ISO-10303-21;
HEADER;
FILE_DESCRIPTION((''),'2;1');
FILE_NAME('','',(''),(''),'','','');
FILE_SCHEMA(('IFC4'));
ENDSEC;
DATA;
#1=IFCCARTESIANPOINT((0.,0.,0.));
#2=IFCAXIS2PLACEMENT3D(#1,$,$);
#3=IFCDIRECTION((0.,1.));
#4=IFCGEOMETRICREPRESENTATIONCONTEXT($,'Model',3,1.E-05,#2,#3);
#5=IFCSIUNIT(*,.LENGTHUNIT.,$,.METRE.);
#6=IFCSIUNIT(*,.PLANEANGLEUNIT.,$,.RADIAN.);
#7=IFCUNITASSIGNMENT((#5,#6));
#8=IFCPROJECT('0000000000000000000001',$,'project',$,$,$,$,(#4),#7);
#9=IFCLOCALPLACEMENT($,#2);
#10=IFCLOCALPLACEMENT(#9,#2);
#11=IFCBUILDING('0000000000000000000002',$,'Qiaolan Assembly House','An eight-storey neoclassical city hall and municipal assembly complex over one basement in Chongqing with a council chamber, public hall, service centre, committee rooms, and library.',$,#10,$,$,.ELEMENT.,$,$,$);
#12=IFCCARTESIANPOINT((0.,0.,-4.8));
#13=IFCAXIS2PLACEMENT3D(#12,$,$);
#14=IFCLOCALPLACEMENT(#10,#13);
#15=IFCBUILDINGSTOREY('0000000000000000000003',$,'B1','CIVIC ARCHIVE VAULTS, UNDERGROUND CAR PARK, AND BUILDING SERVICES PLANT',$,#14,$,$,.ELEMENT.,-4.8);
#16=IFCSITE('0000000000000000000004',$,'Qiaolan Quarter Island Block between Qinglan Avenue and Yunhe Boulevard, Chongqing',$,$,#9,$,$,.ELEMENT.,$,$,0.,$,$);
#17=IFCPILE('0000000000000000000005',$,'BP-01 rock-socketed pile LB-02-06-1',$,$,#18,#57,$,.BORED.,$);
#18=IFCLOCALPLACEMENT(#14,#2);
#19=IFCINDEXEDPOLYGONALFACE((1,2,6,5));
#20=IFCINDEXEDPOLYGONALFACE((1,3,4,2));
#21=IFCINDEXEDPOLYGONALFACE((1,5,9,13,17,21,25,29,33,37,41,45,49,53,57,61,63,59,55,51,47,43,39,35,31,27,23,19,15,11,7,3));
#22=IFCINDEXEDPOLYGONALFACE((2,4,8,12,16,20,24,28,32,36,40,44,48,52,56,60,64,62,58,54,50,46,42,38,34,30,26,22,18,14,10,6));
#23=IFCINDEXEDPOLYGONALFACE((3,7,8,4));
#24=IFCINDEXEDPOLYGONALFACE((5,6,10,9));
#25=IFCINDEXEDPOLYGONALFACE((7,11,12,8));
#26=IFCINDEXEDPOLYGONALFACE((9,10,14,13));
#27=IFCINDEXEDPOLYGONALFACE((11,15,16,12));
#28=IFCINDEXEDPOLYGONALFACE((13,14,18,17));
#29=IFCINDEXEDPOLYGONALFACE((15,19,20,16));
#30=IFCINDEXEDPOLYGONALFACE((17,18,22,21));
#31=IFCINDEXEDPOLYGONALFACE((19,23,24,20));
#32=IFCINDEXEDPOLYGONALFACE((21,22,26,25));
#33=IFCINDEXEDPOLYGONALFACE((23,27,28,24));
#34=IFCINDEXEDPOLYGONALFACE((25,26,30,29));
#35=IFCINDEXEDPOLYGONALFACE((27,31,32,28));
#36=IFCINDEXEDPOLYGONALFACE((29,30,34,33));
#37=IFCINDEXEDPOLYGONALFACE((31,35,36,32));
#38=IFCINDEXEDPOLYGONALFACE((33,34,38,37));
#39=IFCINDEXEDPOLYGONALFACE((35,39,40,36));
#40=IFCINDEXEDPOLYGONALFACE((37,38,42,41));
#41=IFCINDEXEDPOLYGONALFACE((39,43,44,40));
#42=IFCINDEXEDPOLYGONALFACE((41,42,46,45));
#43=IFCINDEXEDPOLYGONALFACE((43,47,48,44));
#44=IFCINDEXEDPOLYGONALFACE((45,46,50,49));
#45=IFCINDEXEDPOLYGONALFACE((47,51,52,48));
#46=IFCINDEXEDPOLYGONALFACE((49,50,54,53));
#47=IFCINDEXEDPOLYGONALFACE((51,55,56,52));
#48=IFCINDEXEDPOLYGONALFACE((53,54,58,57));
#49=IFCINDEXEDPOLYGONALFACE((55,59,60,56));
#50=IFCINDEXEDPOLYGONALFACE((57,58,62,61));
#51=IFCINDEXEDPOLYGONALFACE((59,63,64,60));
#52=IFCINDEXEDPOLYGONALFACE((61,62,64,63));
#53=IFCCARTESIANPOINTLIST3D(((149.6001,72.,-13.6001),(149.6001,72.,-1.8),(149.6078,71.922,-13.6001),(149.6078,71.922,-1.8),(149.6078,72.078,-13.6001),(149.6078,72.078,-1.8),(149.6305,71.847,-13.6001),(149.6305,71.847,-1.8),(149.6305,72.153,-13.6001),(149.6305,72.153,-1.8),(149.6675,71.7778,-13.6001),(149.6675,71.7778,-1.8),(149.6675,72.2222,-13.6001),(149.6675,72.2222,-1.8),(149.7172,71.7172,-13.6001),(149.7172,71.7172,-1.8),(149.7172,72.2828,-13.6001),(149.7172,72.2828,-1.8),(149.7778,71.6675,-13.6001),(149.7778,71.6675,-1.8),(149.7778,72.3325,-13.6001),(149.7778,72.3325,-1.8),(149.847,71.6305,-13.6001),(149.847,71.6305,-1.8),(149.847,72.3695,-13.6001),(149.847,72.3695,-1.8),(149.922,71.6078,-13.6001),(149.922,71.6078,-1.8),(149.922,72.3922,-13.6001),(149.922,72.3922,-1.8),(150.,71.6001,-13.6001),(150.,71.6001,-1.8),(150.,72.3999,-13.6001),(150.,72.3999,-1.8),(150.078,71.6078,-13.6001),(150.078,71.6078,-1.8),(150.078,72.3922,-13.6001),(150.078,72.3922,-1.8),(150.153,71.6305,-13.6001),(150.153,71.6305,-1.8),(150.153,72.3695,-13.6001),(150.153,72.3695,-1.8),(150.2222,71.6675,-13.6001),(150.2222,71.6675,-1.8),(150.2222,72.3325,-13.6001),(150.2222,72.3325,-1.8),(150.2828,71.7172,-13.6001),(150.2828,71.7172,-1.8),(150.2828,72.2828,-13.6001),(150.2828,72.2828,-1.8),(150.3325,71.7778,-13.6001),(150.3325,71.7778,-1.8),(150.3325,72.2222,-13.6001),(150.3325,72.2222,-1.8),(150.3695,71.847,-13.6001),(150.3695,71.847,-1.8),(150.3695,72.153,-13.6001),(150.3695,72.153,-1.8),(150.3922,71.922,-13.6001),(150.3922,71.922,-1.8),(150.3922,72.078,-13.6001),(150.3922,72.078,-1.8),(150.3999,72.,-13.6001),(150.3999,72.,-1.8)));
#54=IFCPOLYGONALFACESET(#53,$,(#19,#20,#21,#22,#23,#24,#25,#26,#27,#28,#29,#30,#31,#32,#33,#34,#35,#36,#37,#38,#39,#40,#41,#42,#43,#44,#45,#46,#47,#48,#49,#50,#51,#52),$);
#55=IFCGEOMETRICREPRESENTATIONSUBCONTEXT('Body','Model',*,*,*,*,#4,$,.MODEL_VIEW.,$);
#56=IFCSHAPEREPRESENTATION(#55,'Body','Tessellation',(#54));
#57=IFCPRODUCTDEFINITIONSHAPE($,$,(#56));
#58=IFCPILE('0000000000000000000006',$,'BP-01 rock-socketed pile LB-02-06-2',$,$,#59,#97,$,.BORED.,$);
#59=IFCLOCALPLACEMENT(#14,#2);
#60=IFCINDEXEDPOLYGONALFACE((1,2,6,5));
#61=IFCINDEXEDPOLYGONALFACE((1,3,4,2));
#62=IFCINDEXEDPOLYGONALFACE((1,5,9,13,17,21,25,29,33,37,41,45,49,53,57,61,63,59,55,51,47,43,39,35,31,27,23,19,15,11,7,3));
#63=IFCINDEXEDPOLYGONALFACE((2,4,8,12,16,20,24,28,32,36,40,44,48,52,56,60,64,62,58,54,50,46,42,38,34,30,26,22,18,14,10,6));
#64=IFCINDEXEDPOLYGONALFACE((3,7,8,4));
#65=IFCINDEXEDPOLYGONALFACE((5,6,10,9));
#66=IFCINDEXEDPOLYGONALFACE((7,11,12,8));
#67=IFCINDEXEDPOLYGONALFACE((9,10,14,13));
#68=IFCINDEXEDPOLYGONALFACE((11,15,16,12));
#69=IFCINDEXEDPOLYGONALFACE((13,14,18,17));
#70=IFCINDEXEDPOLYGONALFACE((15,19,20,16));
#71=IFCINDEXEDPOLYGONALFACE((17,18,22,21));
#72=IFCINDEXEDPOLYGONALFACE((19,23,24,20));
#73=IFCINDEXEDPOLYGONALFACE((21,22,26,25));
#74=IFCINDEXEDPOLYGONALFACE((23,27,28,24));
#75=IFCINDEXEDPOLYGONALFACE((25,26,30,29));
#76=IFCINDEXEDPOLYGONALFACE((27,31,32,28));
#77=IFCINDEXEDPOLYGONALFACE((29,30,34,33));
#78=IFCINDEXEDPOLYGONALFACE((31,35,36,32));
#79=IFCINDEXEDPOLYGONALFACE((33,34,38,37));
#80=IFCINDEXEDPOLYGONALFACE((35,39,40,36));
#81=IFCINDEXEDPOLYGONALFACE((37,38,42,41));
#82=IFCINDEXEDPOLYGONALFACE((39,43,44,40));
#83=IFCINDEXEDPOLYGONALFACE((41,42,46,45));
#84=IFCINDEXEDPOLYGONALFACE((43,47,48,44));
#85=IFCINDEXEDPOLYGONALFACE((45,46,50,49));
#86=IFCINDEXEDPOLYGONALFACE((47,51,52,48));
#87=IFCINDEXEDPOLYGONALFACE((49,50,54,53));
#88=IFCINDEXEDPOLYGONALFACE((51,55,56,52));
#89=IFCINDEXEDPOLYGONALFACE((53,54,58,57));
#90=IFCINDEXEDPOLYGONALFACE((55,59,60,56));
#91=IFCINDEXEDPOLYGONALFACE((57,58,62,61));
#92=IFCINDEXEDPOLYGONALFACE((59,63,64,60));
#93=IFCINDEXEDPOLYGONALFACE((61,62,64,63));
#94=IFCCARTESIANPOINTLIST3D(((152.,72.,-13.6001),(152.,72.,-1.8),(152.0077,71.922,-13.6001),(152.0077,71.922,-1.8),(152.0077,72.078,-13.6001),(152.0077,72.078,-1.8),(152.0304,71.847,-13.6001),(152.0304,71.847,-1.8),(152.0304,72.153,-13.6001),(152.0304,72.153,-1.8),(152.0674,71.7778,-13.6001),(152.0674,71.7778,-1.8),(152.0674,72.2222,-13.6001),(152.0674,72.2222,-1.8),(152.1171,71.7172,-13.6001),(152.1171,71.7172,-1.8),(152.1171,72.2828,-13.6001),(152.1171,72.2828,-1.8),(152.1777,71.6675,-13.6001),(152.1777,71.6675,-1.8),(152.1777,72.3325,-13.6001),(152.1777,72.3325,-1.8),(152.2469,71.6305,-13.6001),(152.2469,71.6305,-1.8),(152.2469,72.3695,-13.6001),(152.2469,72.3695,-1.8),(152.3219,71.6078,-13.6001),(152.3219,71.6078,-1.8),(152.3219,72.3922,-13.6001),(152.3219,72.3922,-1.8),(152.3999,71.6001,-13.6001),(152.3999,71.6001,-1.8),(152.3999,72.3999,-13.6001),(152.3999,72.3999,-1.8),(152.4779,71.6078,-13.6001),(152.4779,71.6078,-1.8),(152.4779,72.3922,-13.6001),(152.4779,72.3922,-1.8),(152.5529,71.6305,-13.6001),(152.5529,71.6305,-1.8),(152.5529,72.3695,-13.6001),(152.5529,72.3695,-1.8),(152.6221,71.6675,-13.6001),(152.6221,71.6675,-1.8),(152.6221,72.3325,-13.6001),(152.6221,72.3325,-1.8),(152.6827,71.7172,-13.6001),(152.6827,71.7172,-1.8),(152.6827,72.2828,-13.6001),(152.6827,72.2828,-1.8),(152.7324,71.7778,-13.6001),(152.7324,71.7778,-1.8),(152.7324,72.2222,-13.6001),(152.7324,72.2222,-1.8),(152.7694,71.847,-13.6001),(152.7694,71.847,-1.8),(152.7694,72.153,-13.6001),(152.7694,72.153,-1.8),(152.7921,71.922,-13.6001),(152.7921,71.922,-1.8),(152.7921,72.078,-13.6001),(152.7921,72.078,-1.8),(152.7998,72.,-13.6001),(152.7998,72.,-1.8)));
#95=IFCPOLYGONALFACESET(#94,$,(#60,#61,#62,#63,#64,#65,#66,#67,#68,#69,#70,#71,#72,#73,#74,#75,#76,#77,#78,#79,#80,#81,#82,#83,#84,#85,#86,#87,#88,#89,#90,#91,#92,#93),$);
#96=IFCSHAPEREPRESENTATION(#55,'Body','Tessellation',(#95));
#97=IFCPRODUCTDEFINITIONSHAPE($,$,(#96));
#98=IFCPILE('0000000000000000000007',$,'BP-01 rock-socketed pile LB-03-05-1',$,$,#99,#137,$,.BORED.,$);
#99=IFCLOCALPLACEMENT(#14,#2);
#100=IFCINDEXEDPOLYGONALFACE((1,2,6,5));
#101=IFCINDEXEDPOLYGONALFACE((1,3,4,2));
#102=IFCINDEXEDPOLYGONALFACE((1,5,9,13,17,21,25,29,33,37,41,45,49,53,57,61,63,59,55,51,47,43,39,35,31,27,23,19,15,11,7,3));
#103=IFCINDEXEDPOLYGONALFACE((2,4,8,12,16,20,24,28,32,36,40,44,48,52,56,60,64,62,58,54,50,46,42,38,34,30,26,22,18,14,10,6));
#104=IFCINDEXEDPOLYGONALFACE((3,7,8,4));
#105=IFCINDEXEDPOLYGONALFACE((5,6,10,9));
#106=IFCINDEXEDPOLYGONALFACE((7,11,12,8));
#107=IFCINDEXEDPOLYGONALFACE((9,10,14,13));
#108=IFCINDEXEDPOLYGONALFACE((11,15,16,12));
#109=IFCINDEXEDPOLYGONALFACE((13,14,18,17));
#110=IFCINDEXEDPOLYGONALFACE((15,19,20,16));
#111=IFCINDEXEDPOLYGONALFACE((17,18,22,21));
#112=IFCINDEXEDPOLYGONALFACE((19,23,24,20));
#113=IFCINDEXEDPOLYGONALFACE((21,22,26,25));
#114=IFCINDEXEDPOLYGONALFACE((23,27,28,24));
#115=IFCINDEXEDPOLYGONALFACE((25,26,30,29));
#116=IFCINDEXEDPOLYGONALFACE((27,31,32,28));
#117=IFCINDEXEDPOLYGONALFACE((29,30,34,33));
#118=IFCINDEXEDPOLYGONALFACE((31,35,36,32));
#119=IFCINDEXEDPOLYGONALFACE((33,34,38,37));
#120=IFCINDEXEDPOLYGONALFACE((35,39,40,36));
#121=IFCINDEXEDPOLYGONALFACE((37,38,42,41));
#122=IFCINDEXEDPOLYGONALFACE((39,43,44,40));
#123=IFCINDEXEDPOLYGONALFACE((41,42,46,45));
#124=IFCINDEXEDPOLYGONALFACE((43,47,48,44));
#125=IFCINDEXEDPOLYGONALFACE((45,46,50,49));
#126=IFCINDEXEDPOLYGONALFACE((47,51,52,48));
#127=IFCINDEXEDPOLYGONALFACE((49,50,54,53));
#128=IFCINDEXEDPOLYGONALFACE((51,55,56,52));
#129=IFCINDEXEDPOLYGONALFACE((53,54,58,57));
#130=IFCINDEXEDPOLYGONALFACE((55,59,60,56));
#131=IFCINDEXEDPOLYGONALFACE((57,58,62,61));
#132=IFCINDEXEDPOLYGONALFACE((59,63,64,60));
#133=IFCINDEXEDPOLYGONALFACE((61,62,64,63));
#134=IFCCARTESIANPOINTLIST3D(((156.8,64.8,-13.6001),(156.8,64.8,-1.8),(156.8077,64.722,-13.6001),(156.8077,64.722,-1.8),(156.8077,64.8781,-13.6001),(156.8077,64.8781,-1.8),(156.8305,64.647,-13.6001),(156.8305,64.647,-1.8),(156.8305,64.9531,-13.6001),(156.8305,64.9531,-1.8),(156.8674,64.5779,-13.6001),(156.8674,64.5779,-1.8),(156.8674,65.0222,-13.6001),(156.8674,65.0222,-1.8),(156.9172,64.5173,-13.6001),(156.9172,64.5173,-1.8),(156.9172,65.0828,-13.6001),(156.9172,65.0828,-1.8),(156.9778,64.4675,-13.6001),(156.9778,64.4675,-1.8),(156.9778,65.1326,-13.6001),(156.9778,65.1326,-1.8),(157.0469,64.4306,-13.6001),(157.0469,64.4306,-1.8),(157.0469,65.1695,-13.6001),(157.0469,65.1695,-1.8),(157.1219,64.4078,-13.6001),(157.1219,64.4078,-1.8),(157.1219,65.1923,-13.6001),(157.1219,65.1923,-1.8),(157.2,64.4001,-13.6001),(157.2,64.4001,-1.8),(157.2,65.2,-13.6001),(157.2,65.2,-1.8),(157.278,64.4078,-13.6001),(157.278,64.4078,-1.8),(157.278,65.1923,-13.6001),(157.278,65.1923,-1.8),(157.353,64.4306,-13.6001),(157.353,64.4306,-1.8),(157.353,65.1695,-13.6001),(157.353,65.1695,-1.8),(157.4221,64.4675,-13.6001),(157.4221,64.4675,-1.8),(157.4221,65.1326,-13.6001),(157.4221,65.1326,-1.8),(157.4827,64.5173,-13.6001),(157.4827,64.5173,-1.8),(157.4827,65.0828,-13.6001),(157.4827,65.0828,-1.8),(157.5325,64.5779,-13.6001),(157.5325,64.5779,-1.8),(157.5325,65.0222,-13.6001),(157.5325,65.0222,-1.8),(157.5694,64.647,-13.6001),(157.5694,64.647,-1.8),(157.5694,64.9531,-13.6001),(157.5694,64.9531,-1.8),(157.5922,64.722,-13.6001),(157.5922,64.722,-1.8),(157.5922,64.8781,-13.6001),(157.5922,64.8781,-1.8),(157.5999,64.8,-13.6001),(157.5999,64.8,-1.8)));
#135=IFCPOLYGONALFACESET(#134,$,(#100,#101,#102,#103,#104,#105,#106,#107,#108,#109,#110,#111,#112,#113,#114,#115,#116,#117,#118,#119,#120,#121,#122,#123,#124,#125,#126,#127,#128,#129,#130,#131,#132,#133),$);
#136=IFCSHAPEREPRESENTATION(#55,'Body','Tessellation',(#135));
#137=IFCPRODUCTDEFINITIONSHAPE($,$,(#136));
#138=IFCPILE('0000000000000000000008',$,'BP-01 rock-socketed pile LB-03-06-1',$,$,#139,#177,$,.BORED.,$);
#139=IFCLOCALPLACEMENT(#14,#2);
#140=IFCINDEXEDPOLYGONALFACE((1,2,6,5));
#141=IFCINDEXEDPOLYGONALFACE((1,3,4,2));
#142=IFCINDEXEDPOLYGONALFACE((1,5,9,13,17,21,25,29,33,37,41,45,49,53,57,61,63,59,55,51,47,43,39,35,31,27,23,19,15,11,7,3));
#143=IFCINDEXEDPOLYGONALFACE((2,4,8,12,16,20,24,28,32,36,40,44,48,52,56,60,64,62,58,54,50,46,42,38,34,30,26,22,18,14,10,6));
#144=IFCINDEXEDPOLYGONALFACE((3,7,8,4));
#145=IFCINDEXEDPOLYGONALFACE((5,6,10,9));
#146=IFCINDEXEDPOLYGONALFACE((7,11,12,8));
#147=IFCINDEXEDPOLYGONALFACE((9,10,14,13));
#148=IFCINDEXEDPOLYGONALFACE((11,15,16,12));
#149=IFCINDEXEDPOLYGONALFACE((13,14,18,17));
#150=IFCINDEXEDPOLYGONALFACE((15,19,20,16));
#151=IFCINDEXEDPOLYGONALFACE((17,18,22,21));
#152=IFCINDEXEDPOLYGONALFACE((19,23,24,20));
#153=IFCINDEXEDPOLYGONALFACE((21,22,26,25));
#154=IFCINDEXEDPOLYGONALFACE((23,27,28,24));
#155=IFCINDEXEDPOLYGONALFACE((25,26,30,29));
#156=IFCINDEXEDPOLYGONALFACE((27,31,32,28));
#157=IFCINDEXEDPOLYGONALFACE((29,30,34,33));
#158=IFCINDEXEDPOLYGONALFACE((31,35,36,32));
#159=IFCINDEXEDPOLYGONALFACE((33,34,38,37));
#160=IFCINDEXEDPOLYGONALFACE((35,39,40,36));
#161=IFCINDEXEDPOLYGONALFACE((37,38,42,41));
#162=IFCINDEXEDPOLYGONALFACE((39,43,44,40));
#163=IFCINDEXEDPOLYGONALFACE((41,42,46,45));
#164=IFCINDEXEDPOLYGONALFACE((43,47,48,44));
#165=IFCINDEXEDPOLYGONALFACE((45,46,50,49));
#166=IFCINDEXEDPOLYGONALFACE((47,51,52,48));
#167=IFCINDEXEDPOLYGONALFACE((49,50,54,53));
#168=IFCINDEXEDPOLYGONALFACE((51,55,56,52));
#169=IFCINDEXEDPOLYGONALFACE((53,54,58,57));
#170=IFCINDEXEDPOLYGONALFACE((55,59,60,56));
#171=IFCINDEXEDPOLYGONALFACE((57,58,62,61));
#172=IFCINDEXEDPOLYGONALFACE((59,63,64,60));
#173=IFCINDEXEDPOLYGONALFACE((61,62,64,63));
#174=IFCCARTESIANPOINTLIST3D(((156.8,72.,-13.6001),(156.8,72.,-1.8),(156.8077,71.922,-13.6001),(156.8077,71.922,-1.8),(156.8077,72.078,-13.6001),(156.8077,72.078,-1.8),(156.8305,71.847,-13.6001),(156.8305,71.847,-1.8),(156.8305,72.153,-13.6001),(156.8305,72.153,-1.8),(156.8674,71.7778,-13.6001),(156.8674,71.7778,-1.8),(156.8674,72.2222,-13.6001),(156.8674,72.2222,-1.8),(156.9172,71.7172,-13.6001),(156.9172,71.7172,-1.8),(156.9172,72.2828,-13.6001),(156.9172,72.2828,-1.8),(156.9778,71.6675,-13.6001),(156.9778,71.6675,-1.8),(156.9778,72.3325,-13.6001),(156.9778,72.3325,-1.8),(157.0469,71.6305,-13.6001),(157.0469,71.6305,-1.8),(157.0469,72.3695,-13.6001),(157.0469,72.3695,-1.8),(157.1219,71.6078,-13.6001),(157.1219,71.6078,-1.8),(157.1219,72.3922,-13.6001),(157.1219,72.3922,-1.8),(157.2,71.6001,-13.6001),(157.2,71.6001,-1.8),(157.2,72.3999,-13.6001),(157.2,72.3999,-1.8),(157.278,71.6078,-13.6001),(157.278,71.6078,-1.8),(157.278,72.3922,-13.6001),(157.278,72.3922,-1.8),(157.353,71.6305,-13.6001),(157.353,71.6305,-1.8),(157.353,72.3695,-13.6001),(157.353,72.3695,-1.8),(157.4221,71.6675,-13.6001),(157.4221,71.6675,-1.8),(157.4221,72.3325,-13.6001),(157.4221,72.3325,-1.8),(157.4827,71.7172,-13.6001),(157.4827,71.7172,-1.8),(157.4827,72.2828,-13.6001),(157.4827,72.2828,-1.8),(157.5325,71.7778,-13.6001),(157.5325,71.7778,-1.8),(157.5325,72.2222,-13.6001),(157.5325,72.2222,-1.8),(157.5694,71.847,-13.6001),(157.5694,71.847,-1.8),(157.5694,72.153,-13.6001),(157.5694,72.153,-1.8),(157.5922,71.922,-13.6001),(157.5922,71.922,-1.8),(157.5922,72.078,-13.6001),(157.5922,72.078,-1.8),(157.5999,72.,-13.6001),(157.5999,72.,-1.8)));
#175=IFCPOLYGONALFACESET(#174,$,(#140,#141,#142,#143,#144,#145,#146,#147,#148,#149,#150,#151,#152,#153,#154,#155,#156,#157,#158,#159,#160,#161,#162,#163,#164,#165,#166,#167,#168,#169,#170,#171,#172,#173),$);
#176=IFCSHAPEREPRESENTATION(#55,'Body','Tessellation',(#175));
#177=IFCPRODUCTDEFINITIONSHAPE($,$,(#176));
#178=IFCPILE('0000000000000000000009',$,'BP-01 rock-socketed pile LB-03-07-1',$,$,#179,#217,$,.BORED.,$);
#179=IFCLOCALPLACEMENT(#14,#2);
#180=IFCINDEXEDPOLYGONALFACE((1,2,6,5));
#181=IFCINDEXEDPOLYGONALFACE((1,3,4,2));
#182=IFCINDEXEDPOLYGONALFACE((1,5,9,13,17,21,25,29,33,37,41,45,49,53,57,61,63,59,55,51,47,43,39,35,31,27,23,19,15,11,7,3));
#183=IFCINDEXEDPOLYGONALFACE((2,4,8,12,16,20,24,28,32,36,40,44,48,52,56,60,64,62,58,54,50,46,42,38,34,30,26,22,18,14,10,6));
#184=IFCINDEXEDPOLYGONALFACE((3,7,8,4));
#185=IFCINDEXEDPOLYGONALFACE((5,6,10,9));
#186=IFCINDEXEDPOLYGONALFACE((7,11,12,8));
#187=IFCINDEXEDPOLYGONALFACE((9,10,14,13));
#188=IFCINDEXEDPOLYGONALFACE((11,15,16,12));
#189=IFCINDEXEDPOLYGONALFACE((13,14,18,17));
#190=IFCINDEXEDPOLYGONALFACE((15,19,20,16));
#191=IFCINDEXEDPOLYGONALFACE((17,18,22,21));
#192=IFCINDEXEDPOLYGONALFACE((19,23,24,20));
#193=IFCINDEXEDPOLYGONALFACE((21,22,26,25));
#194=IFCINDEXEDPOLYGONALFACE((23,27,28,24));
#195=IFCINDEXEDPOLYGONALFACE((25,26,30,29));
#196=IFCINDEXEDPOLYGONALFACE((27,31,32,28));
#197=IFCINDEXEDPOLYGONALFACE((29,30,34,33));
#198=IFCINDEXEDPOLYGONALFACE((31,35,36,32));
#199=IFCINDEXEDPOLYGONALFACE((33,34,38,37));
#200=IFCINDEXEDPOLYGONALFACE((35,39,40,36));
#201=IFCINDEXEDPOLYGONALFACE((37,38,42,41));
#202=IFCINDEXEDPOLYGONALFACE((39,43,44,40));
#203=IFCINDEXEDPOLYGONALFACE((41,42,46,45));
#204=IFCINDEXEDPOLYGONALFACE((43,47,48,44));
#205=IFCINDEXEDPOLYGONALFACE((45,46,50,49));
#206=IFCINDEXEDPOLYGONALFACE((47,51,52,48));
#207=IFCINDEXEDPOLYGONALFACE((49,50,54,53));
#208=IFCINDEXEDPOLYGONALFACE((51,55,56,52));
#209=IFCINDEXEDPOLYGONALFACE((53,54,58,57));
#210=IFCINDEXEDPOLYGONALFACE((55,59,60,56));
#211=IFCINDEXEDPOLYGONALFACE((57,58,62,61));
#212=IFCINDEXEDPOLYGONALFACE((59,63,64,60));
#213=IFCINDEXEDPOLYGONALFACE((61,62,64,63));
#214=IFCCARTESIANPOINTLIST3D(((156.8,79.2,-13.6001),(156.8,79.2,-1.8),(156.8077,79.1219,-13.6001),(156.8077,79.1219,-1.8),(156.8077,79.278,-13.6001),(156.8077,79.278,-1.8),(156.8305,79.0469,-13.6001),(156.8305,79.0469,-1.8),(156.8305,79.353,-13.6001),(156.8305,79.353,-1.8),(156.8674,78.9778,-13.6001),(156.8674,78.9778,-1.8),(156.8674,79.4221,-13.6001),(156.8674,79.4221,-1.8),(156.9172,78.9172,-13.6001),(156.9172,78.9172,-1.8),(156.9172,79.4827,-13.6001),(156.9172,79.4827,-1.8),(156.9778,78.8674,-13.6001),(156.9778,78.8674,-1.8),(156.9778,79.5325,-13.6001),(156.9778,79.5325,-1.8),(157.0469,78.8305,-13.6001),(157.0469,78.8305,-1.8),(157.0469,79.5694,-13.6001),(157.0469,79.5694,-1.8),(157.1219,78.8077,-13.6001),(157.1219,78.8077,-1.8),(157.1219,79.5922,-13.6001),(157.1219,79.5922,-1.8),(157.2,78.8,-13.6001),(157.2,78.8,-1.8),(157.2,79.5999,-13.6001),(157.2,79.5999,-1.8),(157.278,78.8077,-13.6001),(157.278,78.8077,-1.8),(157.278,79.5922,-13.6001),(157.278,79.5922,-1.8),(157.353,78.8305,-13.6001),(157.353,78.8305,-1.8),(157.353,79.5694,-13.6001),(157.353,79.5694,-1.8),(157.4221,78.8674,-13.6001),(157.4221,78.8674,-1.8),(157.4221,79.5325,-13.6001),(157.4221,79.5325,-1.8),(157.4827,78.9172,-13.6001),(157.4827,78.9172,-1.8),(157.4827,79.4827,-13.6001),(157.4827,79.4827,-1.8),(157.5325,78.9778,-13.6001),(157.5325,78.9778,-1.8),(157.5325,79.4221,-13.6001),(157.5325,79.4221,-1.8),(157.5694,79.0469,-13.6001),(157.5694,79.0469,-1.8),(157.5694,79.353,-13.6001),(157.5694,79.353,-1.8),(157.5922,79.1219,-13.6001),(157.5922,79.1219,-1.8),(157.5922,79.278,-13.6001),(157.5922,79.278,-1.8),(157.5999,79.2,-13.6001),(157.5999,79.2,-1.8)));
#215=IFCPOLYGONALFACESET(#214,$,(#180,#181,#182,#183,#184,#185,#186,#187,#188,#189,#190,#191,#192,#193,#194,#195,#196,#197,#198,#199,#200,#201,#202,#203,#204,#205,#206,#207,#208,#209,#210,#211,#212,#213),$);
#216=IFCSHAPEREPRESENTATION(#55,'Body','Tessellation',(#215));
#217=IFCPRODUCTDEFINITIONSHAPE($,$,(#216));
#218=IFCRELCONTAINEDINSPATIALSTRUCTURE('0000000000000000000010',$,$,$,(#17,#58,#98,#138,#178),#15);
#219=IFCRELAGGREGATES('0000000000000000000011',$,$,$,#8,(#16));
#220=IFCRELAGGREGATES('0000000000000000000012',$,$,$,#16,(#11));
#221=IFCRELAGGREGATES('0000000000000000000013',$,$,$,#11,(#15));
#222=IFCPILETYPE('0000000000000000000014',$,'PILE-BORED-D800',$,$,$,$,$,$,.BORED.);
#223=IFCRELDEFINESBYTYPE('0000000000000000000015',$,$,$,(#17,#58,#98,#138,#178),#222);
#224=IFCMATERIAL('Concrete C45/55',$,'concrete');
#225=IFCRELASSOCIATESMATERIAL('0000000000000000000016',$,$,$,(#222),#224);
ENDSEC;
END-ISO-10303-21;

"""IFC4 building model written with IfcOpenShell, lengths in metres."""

from ifc_helpers import new_model, si_unit, direction, frame, origin, origin_2d, place, context, subcontext, project, spatial, circle, extrude, material, material_profile, profile_set, type_object, element, save


model = new_model("IFC4")

# Units and contexts
model_context = context("Model", 3, precision=1e-05, world=origin(), true_north=direction((0.0, 1.0)))
body_context = subcontext(model_context, "Body", "Model", "MODEL_VIEW")
ifc_project = project(units=[si_unit("LENGTHUNIT", "METRE"), si_unit("PLANEANGLEUNIT", "RADIAN")], contexts=[model_context])

# Site, building, storey
site_placement = place(None, origin())
site = spatial("IfcSite", under=ifc_project, at=site_placement, Name="Qiaolan Quarter Island Block between Qinglan Avenue and Yunhe Boulevard, Chongqing", CompositionType="ELEMENT", RefElevation=0.0)
building_placement = place(site_placement, origin())
building = spatial("IfcBuilding", under=site, at=building_placement, Name="Qiaolan Assembly House", Description="An eight-storey neoclassical city hall and municipal assembly complex over one basement in Chongqing with a council chamber, public hall, service centre, committee rooms, and library.", CompositionType="ELEMENT")
storey_placement = place(building_placement, frame((0.0, 0.0, -4.8)))
storey = spatial("IfcBuildingStorey", under=building, at=storey_placement, Name="B1", Description="CIVIC ARCHIVE VAULTS, UNDERGROUND CAR PARK, AND BUILDING SERVICES PLANT", CompositionType="ELEMENT", Elevation=-4.8)

# Piles
ifc_material_1 = material(Name="Concrete C45/55", Category="concrete")
ifc_material_profile_1 = material_profile(ifc_material_1, circle(Radius=0.3999, at=origin_2d()), Name="PILE D800")
ifc_profile_set_1 = profile_set([ifc_material_profile_1], Name="Concrete C45/55")
pile_type = type_object("IfcPileType", Name="PILE-BORED-D800", PredefinedType="BORED", material=ifc_profile_set_1)
for number, where, z_axis, x_axis, name in (
    (1, (150.0, 72.0, -1.8), (0.0, 0.0, -1.0), (1.0, 0.0, 0.0), "BP-01 rock-socketed pile LB-02-06-1"),
    (2, (152.3999, 72.0, -1.8), (0.0, 0.0, -1.0), (1.0, 0.0, 0.0), "BP-01 rock-socketed pile LB-02-06-2"),
    (3, (157.2, 64.8, -1.8), (0.0, 0.0, -1.0), (1.0, 0.0, 0.0), "BP-01 rock-socketed pile LB-03-05-1"),
    (4, (157.2, 72.0, -1.8), (0.0, 0.0, -1.0), (1.0, 0.0, 0.0), "BP-01 rock-socketed pile LB-03-06-1"),
    (5, (157.2, 79.2, -1.8), (0.0, 0.0, -1.0), (1.0, 0.0, 0.0), "BP-01 rock-socketed pile LB-03-07-1"),
):
    element("IfcPile", number, at=place(storey_placement, frame(where, z_axis=z_axis, x_axis=x_axis)), inside=storey, type_object=pile_type, Name=name, PredefinedType="BORED", context=body_context, shape_type="SweptSolid", body=[
        extrude(circle(Radius=0.3999, at=origin_2d()), origin(), (0.0, 0.0, 1.0), 11.8),
    ])

save(model, "model.ifc")
